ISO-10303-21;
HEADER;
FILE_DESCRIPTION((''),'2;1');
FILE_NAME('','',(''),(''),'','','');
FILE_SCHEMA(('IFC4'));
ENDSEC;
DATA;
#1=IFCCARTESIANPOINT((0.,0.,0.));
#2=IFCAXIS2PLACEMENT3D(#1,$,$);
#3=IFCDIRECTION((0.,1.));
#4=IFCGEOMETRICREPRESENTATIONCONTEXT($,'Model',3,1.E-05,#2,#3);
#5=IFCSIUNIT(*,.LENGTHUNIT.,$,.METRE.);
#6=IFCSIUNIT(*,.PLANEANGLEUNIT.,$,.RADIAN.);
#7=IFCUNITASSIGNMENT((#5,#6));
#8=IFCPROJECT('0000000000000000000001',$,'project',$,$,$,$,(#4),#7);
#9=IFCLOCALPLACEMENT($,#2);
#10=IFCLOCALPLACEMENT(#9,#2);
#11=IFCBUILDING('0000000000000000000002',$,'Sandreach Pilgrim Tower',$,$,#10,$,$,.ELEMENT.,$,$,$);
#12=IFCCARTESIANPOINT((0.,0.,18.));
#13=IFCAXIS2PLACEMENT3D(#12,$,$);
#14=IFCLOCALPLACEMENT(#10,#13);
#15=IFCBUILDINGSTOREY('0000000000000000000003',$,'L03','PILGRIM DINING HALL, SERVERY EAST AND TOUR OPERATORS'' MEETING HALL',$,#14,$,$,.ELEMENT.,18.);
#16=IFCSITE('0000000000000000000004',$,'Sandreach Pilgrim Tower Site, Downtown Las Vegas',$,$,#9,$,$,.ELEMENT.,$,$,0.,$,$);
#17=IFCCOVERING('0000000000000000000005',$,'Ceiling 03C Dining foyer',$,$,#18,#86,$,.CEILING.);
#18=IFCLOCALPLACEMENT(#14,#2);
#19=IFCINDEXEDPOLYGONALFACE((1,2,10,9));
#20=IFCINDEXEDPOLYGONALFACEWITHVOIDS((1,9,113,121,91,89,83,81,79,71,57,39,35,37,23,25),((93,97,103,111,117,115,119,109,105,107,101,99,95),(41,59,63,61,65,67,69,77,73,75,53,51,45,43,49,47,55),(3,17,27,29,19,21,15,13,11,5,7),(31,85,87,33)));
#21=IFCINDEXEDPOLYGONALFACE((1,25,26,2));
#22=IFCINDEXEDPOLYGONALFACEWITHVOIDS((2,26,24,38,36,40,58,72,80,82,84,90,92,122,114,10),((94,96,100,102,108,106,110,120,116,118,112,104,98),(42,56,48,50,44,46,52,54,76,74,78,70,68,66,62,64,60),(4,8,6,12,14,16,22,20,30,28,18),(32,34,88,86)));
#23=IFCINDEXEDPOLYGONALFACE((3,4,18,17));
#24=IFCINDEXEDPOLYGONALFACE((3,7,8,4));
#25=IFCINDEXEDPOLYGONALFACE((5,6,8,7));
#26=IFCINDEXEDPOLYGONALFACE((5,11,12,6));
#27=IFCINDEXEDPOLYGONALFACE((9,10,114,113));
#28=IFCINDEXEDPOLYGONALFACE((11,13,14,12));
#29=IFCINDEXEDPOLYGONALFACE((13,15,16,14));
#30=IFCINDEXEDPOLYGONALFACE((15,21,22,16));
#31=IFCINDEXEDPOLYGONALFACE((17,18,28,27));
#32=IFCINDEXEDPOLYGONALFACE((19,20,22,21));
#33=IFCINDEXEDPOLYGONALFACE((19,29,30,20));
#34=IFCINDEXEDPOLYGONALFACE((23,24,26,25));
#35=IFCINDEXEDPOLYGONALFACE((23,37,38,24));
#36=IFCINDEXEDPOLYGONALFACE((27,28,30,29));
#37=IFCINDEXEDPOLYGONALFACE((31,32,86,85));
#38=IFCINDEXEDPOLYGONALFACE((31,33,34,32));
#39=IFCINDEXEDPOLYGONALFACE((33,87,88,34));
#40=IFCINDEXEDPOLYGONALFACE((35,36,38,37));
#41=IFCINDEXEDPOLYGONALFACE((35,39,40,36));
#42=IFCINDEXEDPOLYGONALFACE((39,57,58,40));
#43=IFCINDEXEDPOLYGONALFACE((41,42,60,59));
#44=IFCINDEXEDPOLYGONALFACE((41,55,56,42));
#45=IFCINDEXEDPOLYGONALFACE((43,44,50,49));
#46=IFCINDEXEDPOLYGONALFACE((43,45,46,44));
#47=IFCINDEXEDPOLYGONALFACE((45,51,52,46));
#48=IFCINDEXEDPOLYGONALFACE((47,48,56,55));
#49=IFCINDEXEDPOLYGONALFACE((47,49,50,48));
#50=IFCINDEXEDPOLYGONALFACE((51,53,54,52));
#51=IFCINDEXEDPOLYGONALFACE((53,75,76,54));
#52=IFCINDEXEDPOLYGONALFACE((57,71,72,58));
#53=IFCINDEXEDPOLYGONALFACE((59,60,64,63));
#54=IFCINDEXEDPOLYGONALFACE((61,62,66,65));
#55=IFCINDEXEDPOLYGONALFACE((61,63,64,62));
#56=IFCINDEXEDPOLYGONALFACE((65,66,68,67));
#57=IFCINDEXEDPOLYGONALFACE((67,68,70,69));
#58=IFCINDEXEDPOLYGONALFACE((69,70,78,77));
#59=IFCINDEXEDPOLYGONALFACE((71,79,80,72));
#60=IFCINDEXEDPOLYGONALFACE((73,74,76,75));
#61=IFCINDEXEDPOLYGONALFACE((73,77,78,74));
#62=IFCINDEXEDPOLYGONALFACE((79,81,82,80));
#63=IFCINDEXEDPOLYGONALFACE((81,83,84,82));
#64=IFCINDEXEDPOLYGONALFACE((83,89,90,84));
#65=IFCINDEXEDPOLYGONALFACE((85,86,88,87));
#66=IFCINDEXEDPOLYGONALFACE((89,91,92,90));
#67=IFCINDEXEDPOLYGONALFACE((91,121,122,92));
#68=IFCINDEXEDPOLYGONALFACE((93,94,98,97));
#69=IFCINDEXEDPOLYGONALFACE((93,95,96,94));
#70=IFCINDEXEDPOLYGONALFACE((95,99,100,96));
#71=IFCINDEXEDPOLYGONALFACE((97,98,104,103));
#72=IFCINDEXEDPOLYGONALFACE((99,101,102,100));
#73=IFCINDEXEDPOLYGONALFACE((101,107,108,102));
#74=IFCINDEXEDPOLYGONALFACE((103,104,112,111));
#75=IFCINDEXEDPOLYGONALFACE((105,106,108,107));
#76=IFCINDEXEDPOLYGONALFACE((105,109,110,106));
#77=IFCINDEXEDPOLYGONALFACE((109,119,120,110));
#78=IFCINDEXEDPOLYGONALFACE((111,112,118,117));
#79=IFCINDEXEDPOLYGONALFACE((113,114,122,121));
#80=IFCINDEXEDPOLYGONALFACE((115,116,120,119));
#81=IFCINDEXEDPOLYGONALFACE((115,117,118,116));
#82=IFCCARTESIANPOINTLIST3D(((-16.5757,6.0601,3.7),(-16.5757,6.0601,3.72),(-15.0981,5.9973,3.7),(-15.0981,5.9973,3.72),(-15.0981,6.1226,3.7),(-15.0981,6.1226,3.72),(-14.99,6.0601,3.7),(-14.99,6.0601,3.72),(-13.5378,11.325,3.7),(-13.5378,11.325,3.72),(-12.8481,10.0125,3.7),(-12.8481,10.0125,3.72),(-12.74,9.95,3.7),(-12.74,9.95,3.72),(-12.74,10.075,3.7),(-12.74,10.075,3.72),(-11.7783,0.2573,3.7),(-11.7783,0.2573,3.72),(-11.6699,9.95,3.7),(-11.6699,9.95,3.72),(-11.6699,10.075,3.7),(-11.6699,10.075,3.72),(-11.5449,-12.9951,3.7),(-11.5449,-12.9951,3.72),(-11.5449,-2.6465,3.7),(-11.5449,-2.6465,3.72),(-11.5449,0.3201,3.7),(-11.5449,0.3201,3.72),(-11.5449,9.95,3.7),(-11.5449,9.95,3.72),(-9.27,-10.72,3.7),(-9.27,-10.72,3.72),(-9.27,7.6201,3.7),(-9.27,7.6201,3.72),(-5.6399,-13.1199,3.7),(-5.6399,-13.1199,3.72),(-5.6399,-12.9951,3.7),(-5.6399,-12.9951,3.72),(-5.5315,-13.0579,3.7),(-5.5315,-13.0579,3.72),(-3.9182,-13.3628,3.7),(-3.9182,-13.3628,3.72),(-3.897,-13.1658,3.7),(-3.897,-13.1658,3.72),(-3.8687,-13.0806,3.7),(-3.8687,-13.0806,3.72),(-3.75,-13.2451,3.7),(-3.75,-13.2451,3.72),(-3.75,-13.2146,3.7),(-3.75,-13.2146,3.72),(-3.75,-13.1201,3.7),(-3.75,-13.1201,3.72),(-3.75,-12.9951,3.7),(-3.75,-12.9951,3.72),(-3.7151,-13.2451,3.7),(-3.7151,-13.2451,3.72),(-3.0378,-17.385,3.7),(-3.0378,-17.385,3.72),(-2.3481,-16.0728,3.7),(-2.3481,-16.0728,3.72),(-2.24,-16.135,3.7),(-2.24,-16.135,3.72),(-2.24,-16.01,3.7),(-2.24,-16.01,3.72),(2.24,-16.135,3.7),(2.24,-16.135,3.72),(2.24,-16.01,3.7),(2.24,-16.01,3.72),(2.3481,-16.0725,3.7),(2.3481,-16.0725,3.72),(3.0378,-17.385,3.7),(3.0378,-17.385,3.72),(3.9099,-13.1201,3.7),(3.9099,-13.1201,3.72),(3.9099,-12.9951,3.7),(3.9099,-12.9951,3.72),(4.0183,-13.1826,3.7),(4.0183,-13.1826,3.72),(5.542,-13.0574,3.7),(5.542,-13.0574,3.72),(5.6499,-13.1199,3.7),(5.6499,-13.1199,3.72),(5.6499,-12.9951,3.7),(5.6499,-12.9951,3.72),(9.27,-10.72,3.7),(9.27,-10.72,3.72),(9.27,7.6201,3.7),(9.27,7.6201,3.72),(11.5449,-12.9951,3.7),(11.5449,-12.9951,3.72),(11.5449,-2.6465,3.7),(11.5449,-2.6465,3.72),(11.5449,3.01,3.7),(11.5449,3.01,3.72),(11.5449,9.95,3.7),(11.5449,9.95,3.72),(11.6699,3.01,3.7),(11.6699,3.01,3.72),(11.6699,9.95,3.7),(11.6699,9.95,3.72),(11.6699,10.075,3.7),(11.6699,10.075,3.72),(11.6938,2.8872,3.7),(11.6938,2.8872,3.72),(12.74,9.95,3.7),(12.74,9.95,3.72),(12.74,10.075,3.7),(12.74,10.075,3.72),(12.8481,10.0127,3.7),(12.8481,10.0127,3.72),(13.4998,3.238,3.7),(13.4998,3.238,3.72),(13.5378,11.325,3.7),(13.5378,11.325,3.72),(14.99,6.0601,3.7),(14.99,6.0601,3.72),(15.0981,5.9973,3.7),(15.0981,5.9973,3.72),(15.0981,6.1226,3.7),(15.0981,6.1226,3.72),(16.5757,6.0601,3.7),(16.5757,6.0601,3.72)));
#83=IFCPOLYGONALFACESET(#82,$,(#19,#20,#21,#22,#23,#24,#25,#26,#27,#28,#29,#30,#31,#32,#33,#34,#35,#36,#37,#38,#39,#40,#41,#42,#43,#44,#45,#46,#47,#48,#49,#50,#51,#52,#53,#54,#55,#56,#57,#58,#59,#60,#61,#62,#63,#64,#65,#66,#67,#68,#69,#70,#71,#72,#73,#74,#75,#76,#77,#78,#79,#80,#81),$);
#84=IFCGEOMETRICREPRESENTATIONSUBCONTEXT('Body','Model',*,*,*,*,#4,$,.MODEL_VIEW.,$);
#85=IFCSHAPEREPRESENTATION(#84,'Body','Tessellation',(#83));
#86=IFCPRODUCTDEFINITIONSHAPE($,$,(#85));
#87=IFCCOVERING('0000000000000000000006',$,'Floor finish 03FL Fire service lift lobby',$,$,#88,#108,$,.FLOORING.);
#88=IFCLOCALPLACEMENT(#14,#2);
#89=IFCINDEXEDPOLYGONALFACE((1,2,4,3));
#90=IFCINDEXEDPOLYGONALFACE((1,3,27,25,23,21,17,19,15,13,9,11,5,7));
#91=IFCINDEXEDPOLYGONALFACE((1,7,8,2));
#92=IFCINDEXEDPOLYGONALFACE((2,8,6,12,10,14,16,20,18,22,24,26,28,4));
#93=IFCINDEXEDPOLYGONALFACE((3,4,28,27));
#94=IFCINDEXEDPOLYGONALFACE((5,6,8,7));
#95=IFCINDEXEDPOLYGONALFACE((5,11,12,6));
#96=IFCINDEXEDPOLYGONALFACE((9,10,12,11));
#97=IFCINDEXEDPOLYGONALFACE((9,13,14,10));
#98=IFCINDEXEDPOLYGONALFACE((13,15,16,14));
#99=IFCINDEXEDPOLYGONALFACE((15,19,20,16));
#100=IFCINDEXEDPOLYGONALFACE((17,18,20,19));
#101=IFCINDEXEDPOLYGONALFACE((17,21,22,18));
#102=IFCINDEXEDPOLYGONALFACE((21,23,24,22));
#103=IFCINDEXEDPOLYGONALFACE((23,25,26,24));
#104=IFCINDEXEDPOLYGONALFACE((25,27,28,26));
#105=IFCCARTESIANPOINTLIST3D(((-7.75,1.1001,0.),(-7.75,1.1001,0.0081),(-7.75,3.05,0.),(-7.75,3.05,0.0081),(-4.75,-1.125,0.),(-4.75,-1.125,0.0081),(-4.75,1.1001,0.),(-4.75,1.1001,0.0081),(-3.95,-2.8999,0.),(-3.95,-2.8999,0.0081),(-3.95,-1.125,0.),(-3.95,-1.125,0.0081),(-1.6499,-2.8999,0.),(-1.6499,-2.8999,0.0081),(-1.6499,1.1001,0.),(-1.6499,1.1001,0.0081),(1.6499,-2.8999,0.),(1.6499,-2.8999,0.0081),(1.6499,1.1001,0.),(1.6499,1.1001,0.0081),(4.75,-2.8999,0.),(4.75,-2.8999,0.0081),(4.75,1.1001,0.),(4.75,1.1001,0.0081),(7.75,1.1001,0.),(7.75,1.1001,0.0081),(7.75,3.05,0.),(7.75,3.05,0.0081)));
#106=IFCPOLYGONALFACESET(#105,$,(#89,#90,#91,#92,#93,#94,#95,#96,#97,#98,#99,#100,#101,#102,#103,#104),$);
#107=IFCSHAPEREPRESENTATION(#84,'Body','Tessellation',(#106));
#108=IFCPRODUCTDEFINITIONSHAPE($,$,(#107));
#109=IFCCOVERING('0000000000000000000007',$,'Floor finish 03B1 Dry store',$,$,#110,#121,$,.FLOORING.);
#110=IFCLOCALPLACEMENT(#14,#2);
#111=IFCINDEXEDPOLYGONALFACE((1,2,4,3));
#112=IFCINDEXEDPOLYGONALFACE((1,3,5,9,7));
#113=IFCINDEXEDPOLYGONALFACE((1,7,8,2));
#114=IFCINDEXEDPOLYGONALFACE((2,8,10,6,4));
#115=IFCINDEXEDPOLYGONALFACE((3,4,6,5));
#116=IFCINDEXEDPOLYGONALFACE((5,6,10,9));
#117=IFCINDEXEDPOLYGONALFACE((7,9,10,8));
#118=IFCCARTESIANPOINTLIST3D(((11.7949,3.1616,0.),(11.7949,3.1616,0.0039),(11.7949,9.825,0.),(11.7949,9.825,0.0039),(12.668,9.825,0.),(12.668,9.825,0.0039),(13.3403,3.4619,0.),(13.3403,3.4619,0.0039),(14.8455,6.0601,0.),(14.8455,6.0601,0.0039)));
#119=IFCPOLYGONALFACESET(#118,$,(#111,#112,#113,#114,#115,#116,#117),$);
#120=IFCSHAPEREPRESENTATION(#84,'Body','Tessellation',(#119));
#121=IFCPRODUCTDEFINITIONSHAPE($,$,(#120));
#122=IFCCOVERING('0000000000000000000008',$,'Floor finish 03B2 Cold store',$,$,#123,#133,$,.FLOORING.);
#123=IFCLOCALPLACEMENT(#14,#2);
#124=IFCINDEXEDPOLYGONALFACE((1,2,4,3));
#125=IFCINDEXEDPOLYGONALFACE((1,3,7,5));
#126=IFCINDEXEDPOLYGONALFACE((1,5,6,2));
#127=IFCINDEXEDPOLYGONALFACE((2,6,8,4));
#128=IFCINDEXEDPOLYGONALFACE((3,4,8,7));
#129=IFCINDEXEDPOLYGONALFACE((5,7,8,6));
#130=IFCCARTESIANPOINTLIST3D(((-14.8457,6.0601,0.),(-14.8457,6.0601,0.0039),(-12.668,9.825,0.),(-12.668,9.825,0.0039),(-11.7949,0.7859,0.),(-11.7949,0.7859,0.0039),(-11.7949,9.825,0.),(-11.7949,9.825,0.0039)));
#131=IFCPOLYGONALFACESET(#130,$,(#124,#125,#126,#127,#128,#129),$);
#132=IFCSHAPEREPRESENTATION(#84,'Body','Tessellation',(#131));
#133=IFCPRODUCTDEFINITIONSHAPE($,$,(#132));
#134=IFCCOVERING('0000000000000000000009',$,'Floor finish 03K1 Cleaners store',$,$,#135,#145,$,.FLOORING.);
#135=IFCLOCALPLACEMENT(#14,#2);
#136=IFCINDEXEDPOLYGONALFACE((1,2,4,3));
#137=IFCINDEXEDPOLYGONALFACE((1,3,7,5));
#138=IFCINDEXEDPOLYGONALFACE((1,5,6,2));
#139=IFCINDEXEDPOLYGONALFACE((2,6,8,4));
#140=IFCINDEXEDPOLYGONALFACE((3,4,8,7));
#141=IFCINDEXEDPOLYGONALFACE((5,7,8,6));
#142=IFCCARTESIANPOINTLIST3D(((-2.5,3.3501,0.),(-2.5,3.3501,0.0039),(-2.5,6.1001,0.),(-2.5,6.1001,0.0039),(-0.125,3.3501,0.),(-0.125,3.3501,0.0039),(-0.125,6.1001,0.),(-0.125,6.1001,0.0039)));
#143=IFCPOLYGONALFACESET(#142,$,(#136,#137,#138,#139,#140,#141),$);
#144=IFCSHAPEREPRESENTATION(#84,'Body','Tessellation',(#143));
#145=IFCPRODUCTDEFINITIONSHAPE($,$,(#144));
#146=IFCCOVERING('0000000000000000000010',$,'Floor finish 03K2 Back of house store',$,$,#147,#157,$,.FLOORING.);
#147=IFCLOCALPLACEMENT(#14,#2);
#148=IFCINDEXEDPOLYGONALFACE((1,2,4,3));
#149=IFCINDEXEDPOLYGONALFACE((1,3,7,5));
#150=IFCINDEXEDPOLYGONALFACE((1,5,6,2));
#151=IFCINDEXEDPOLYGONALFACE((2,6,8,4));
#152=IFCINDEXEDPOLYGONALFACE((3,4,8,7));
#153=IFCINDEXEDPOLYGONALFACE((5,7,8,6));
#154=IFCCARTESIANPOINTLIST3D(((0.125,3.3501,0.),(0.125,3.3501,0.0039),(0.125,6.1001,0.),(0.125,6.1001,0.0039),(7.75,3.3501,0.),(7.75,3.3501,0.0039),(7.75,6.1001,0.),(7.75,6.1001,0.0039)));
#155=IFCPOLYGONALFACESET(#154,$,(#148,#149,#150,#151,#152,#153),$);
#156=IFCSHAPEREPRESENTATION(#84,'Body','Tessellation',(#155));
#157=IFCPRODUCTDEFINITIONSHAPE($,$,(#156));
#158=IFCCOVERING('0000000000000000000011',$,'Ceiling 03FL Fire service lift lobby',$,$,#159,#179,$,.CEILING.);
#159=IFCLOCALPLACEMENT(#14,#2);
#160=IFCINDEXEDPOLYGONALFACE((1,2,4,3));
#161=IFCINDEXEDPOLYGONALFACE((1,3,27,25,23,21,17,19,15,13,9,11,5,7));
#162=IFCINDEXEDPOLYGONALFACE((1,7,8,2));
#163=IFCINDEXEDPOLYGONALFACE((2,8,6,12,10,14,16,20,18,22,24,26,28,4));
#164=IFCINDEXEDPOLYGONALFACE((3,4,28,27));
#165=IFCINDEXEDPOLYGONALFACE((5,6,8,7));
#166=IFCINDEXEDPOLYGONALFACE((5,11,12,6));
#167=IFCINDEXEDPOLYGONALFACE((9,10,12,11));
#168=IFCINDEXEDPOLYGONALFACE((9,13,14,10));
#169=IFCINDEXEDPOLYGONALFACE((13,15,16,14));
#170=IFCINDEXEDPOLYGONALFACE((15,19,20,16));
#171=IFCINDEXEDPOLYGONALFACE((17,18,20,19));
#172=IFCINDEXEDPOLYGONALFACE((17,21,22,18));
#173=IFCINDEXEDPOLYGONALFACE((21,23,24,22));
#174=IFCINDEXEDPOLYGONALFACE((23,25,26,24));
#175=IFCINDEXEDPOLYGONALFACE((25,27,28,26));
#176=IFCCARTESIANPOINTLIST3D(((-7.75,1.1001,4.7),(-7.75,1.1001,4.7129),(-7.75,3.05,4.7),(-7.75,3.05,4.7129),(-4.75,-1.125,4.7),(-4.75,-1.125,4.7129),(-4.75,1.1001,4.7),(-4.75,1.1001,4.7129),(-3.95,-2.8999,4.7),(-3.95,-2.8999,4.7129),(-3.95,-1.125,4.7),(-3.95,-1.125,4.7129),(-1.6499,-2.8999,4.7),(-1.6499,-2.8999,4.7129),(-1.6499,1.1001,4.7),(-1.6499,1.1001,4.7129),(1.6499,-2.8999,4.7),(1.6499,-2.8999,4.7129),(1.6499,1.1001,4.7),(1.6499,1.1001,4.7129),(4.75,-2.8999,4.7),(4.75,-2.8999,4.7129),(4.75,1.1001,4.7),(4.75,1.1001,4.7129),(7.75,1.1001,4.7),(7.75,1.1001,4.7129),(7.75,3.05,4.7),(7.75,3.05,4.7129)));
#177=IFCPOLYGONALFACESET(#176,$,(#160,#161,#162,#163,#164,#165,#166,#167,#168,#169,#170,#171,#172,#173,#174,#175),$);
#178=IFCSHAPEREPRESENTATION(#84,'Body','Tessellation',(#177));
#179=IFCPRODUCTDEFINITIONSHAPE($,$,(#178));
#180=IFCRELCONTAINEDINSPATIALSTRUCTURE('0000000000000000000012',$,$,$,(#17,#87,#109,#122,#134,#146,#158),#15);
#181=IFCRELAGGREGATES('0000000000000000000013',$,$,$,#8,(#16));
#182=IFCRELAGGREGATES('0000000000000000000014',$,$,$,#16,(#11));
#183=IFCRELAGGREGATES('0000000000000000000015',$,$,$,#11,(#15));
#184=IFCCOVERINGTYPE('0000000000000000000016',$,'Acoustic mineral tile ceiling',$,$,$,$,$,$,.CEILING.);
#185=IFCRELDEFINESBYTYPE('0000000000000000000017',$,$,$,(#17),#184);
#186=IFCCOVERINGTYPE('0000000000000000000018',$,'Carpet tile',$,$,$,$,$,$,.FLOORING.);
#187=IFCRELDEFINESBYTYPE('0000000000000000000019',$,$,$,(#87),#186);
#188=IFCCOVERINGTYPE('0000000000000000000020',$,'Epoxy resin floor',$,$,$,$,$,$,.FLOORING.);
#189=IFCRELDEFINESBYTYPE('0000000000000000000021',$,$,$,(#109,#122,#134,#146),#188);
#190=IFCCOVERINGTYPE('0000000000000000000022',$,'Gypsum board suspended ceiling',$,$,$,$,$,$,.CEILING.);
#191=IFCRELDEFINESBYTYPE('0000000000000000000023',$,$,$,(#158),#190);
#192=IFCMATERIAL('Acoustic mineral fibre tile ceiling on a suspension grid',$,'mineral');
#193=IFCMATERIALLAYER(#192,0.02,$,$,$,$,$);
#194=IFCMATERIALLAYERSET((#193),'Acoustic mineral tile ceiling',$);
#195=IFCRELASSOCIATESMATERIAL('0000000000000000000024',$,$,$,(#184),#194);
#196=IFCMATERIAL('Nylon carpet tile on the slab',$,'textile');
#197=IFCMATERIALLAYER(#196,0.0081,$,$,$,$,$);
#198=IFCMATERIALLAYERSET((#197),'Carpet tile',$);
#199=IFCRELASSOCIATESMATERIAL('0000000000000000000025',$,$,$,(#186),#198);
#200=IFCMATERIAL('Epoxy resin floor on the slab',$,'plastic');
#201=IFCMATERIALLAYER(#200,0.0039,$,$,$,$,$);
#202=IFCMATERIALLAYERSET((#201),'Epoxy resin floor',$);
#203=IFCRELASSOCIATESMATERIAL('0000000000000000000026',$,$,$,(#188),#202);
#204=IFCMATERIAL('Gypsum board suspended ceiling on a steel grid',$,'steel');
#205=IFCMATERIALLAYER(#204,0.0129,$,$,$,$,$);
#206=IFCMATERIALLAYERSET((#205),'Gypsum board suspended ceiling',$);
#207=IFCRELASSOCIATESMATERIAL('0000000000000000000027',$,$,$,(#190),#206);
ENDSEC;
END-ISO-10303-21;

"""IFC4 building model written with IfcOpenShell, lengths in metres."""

from ifc_helpers import new_model, si_unit, direction, frame, origin, place, context, subcontext, project, spatial, polyline, outline, extrude, material, layer, layer_set, type_object, element, save


model = new_model("IFC4")

# Units and contexts
model_context = context("Model", 3, precision=1e-05, world=origin(), true_north=direction((0.0, 1.0)))
body_context = subcontext(model_context, "Body", "Model", "MODEL_VIEW")
ifc_project = project(units=[si_unit("LENGTHUNIT", "METRE"), si_unit("PLANEANGLEUNIT", "RADIAN")], contexts=[model_context])

# Site, building, storey
site_placement = place(None, origin())
site = spatial("IfcSite", under=ifc_project, at=site_placement, Name="Sandreach Pilgrim Tower Site, Downtown Las Vegas", CompositionType="ELEMENT", RefElevation=0.0)
building_placement = place(site_placement, origin())
building = spatial("IfcBuilding", under=site, at=building_placement, Name="Sandreach Pilgrim Tower", CompositionType="ELEMENT")
storey_placement = place(building_placement, frame((0.0, 0.0, 18.0)))
storey = spatial("IfcBuildingStorey", under=building, at=storey_placement, Name="L03", Description="PILGRIM DINING HALL, SERVERY EAST AND TOUR OPERATORS' MEETING HALL", CompositionType="ELEMENT", Elevation=18.0)

# Coverings
ifc_material_1 = material(Name="Acoustic mineral fibre tile ceiling on a suspension grid", Category="mineral")
ifc_layer_1 = layer(ifc_material_1, 0.02)
ifc_layer_set_1 = layer_set([ifc_layer_1], Name="Acoustic mineral tile ceiling")
covering_type_1 = type_object("IfcCoveringType", Name="Acoustic mineral tile ceiling", PredefinedType="CEILING", material=ifc_layer_set_1)
covering_1_placement = place(storey_placement, frame((0.0, 0.0, 3.7)))
element("IfcCovering", 1, at=covering_1_placement, inside=storey, type_object=covering_type_1, Name="Ceiling 03C Dining foyer", PredefinedType="CEILING", context=body_context, shape_type="SweptSolid", body=[
    extrude(outline(polyline([(-11.5449, -2.6465), (-16.5757, 6.0601), (-13.5378, 11.325), (13.5378, 11.325), (16.5757, 6.0601), (11.5449, -2.6465), (11.5449, -12.9951), (5.6499, -12.9951), (5.6499, -13.1199), (5.542, -13.0574), (3.0378, -17.385), (-3.0378, -17.385), (-5.5315, -13.0579), (-5.6399, -13.1199), (-5.6399, -12.9951), (-11.5449, -12.9951), (-11.5449, -2.6465)]), holes=[polyline([(11.5449, 3.01), (11.6699, 3.01), (11.6938, 2.8872), (13.4998, 3.238), (15.0981, 5.9973), (14.99, 6.0601), (15.0981, 6.1226), (12.8481, 10.0127), (12.74, 9.95), (12.74, 10.075), (11.6699, 10.075), (11.6699, 9.95), (11.5449, 9.95), (11.5449, 3.01)]), polyline([(-9.27, 7.6201), (-9.27, -10.72), (9.27, -10.72), (9.27, 7.6201), (-9.27, 7.6201)]), polyline([(-3.75, -13.2146), (-3.75, -13.2451), (-3.7151, -13.2451), (-3.9182, -13.3628), (-2.3481, -16.0728), (-2.24, -16.01), (-2.24, -16.135), (2.24, -16.135), (2.24, -16.01), (2.3481, -16.0725), (4.0183, -13.1826), (3.9099, -13.1201), (3.9099, -12.9951), (-3.75, -12.9951), (-3.75, -13.1201), (-3.8687, -13.0806), (-3.897, -13.1658), (-3.75, -13.2146)]), polyline([(-15.0981, 5.9973), (-11.7783, 0.2573), (-11.5449, 0.3201), (-11.5449, 9.95), (-11.6699, 9.95), (-11.6699, 10.075), (-12.74, 10.075), (-12.74, 9.95), (-12.8481, 10.0125), (-15.0981, 6.1226), (-14.99, 6.0601), (-15.0981, 5.9973)])]), origin(), (0.0, 0.0, 1.0), 0.02),
])
ifc_material_2 = material(Name="Nylon carpet tile on the slab", Category="textile")
ifc_layer_2 = layer(ifc_material_2, 0.0081)
ifc_layer_set_2 = layer_set([ifc_layer_2], Name="Carpet tile")
covering_type_2 = type_object("IfcCoveringType", Name="Carpet tile", PredefinedType="FLOORING", material=ifc_layer_set_2)
covering_2_placement = place(storey_placement, origin())
element("IfcCovering", 2, at=covering_2_placement, inside=storey, type_object=covering_type_2, Name="Floor finish 03FL Fire service lift lobby", PredefinedType="FLOORING", context=body_context, shape_type="SweptSolid", body=[
    extrude(outline(polyline([(-3.95, -1.125), (-4.75, -1.125), (-4.75, 1.1001), (-7.75, 1.1001), (-7.75, 3.05), (7.75, 3.05), (7.75, 1.1001), (4.75, 1.1001), (4.75, -2.8999), (1.6499, -2.8999), (1.6499, 1.1001), (-1.6499, 1.1001), (-1.6499, -2.8999), (-3.95, -2.8999), (-3.95, -1.125)])), origin(), (0.0, 0.0, 1.0), 0.0081),
])
ifc_material_3 = material(Name="Epoxy resin floor on the slab", Category="plastic")
ifc_layer_3 = layer(ifc_material_3, 0.0039)
ifc_layer_set_3 = layer_set([ifc_layer_3], Name="Epoxy resin floor")
covering_type_3 = type_object("IfcCoveringType", Name="Epoxy resin floor", PredefinedType="FLOORING", material=ifc_layer_set_3)
covering_3_placement = place(storey_placement, origin())
element("IfcCovering", 3, at=covering_3_placement, inside=storey, type_object=covering_type_3, Name="Floor finish 03B1 Dry store", PredefinedType="FLOORING", context=body_context, shape_type="SweptSolid", body=[
    extrude(outline(polyline([(11.7949, 3.1616), (11.7949, 9.825), (12.668, 9.825), (14.8455, 6.0601), (13.3403, 3.4619), (11.7949, 3.1616)])), origin(), (0.0, 0.0, 1.0), 0.0039),
])
covering_4_placement = place(storey_placement, origin())
element("IfcCovering", 4, at=covering_4_placement, inside=storey, type_object=covering_type_3, Name="Floor finish 03B2 Cold store", PredefinedType="FLOORING", context=body_context, shape_type="SweptSolid", body=[
    extrude(outline(polyline([(-12.668, 9.825), (-11.7949, 9.825), (-11.7949, 0.7859), (-14.8457, 6.0601), (-12.668, 9.825)])), origin(), (0.0, 0.0, 1.0), 0.0039),
])
covering_5_placement = place(storey_placement, origin())
element("IfcCovering", 5, at=covering_5_placement, inside=storey, type_object=covering_type_3, Name="Floor finish 03K1 Cleaners store", PredefinedType="FLOORING", context=body_context, shape_type="SweptSolid", body=[
    extrude(outline(polyline([(-2.5, 6.1001), (-0.125, 6.1001), (-0.125, 3.3501), (-2.5, 3.3501), (-2.5, 6.1001)])), origin(), (0.0, 0.0, 1.0), 0.0039),
])
covering_6_placement = place(storey_placement, origin())
element("IfcCovering", 6, at=covering_6_placement, inside=storey, type_object=covering_type_3, Name="Floor finish 03K2 Back of house store", PredefinedType="FLOORING", context=body_context, shape_type="SweptSolid", body=[
    extrude(outline(polyline([(0.125, 6.1001), (7.75, 6.1001), (7.75, 3.3501), (0.125, 3.3501), (0.125, 6.1001)])), origin(), (0.0, 0.0, 1.0), 0.0039),
])
ifc_material_4 = material(Name="Gypsum board suspended ceiling on a steel grid", Category="steel")
ifc_layer_4 = layer(ifc_material_4, 0.0129)
ifc_layer_set_4 = layer_set([ifc_layer_4], Name="Gypsum board suspended ceiling")
covering_type_4 = type_object("IfcCoveringType", Name="Gypsum board suspended ceiling", PredefinedType="CEILING", material=ifc_layer_set_4)
covering_7_placement = place(storey_placement, frame((0.0, 0.0, 4.7)))
element("IfcCovering", 7, at=covering_7_placement, inside=storey, type_object=covering_type_4, Name="Ceiling 03FL Fire service lift lobby", PredefinedType="CEILING", context=body_context, shape_type="SweptSolid", body=[
    extrude(outline(polyline([(-3.95, -1.125), (-4.75, -1.125), (-4.75, 1.1001), (-7.75, 1.1001), (-7.75, 3.05), (7.75, 3.05), (7.75, 1.1001), (4.75, 1.1001), (4.75, -2.8999), (1.6499, -2.8999), (1.6499, 1.1001), (-1.6499, 1.1001), (-1.6499, -2.8999), (-3.95, -2.8999), (-3.95, -1.125)])), origin(), (0.0, 0.0, 1.0), 0.0129),
])

save(model, "model.ifc")
